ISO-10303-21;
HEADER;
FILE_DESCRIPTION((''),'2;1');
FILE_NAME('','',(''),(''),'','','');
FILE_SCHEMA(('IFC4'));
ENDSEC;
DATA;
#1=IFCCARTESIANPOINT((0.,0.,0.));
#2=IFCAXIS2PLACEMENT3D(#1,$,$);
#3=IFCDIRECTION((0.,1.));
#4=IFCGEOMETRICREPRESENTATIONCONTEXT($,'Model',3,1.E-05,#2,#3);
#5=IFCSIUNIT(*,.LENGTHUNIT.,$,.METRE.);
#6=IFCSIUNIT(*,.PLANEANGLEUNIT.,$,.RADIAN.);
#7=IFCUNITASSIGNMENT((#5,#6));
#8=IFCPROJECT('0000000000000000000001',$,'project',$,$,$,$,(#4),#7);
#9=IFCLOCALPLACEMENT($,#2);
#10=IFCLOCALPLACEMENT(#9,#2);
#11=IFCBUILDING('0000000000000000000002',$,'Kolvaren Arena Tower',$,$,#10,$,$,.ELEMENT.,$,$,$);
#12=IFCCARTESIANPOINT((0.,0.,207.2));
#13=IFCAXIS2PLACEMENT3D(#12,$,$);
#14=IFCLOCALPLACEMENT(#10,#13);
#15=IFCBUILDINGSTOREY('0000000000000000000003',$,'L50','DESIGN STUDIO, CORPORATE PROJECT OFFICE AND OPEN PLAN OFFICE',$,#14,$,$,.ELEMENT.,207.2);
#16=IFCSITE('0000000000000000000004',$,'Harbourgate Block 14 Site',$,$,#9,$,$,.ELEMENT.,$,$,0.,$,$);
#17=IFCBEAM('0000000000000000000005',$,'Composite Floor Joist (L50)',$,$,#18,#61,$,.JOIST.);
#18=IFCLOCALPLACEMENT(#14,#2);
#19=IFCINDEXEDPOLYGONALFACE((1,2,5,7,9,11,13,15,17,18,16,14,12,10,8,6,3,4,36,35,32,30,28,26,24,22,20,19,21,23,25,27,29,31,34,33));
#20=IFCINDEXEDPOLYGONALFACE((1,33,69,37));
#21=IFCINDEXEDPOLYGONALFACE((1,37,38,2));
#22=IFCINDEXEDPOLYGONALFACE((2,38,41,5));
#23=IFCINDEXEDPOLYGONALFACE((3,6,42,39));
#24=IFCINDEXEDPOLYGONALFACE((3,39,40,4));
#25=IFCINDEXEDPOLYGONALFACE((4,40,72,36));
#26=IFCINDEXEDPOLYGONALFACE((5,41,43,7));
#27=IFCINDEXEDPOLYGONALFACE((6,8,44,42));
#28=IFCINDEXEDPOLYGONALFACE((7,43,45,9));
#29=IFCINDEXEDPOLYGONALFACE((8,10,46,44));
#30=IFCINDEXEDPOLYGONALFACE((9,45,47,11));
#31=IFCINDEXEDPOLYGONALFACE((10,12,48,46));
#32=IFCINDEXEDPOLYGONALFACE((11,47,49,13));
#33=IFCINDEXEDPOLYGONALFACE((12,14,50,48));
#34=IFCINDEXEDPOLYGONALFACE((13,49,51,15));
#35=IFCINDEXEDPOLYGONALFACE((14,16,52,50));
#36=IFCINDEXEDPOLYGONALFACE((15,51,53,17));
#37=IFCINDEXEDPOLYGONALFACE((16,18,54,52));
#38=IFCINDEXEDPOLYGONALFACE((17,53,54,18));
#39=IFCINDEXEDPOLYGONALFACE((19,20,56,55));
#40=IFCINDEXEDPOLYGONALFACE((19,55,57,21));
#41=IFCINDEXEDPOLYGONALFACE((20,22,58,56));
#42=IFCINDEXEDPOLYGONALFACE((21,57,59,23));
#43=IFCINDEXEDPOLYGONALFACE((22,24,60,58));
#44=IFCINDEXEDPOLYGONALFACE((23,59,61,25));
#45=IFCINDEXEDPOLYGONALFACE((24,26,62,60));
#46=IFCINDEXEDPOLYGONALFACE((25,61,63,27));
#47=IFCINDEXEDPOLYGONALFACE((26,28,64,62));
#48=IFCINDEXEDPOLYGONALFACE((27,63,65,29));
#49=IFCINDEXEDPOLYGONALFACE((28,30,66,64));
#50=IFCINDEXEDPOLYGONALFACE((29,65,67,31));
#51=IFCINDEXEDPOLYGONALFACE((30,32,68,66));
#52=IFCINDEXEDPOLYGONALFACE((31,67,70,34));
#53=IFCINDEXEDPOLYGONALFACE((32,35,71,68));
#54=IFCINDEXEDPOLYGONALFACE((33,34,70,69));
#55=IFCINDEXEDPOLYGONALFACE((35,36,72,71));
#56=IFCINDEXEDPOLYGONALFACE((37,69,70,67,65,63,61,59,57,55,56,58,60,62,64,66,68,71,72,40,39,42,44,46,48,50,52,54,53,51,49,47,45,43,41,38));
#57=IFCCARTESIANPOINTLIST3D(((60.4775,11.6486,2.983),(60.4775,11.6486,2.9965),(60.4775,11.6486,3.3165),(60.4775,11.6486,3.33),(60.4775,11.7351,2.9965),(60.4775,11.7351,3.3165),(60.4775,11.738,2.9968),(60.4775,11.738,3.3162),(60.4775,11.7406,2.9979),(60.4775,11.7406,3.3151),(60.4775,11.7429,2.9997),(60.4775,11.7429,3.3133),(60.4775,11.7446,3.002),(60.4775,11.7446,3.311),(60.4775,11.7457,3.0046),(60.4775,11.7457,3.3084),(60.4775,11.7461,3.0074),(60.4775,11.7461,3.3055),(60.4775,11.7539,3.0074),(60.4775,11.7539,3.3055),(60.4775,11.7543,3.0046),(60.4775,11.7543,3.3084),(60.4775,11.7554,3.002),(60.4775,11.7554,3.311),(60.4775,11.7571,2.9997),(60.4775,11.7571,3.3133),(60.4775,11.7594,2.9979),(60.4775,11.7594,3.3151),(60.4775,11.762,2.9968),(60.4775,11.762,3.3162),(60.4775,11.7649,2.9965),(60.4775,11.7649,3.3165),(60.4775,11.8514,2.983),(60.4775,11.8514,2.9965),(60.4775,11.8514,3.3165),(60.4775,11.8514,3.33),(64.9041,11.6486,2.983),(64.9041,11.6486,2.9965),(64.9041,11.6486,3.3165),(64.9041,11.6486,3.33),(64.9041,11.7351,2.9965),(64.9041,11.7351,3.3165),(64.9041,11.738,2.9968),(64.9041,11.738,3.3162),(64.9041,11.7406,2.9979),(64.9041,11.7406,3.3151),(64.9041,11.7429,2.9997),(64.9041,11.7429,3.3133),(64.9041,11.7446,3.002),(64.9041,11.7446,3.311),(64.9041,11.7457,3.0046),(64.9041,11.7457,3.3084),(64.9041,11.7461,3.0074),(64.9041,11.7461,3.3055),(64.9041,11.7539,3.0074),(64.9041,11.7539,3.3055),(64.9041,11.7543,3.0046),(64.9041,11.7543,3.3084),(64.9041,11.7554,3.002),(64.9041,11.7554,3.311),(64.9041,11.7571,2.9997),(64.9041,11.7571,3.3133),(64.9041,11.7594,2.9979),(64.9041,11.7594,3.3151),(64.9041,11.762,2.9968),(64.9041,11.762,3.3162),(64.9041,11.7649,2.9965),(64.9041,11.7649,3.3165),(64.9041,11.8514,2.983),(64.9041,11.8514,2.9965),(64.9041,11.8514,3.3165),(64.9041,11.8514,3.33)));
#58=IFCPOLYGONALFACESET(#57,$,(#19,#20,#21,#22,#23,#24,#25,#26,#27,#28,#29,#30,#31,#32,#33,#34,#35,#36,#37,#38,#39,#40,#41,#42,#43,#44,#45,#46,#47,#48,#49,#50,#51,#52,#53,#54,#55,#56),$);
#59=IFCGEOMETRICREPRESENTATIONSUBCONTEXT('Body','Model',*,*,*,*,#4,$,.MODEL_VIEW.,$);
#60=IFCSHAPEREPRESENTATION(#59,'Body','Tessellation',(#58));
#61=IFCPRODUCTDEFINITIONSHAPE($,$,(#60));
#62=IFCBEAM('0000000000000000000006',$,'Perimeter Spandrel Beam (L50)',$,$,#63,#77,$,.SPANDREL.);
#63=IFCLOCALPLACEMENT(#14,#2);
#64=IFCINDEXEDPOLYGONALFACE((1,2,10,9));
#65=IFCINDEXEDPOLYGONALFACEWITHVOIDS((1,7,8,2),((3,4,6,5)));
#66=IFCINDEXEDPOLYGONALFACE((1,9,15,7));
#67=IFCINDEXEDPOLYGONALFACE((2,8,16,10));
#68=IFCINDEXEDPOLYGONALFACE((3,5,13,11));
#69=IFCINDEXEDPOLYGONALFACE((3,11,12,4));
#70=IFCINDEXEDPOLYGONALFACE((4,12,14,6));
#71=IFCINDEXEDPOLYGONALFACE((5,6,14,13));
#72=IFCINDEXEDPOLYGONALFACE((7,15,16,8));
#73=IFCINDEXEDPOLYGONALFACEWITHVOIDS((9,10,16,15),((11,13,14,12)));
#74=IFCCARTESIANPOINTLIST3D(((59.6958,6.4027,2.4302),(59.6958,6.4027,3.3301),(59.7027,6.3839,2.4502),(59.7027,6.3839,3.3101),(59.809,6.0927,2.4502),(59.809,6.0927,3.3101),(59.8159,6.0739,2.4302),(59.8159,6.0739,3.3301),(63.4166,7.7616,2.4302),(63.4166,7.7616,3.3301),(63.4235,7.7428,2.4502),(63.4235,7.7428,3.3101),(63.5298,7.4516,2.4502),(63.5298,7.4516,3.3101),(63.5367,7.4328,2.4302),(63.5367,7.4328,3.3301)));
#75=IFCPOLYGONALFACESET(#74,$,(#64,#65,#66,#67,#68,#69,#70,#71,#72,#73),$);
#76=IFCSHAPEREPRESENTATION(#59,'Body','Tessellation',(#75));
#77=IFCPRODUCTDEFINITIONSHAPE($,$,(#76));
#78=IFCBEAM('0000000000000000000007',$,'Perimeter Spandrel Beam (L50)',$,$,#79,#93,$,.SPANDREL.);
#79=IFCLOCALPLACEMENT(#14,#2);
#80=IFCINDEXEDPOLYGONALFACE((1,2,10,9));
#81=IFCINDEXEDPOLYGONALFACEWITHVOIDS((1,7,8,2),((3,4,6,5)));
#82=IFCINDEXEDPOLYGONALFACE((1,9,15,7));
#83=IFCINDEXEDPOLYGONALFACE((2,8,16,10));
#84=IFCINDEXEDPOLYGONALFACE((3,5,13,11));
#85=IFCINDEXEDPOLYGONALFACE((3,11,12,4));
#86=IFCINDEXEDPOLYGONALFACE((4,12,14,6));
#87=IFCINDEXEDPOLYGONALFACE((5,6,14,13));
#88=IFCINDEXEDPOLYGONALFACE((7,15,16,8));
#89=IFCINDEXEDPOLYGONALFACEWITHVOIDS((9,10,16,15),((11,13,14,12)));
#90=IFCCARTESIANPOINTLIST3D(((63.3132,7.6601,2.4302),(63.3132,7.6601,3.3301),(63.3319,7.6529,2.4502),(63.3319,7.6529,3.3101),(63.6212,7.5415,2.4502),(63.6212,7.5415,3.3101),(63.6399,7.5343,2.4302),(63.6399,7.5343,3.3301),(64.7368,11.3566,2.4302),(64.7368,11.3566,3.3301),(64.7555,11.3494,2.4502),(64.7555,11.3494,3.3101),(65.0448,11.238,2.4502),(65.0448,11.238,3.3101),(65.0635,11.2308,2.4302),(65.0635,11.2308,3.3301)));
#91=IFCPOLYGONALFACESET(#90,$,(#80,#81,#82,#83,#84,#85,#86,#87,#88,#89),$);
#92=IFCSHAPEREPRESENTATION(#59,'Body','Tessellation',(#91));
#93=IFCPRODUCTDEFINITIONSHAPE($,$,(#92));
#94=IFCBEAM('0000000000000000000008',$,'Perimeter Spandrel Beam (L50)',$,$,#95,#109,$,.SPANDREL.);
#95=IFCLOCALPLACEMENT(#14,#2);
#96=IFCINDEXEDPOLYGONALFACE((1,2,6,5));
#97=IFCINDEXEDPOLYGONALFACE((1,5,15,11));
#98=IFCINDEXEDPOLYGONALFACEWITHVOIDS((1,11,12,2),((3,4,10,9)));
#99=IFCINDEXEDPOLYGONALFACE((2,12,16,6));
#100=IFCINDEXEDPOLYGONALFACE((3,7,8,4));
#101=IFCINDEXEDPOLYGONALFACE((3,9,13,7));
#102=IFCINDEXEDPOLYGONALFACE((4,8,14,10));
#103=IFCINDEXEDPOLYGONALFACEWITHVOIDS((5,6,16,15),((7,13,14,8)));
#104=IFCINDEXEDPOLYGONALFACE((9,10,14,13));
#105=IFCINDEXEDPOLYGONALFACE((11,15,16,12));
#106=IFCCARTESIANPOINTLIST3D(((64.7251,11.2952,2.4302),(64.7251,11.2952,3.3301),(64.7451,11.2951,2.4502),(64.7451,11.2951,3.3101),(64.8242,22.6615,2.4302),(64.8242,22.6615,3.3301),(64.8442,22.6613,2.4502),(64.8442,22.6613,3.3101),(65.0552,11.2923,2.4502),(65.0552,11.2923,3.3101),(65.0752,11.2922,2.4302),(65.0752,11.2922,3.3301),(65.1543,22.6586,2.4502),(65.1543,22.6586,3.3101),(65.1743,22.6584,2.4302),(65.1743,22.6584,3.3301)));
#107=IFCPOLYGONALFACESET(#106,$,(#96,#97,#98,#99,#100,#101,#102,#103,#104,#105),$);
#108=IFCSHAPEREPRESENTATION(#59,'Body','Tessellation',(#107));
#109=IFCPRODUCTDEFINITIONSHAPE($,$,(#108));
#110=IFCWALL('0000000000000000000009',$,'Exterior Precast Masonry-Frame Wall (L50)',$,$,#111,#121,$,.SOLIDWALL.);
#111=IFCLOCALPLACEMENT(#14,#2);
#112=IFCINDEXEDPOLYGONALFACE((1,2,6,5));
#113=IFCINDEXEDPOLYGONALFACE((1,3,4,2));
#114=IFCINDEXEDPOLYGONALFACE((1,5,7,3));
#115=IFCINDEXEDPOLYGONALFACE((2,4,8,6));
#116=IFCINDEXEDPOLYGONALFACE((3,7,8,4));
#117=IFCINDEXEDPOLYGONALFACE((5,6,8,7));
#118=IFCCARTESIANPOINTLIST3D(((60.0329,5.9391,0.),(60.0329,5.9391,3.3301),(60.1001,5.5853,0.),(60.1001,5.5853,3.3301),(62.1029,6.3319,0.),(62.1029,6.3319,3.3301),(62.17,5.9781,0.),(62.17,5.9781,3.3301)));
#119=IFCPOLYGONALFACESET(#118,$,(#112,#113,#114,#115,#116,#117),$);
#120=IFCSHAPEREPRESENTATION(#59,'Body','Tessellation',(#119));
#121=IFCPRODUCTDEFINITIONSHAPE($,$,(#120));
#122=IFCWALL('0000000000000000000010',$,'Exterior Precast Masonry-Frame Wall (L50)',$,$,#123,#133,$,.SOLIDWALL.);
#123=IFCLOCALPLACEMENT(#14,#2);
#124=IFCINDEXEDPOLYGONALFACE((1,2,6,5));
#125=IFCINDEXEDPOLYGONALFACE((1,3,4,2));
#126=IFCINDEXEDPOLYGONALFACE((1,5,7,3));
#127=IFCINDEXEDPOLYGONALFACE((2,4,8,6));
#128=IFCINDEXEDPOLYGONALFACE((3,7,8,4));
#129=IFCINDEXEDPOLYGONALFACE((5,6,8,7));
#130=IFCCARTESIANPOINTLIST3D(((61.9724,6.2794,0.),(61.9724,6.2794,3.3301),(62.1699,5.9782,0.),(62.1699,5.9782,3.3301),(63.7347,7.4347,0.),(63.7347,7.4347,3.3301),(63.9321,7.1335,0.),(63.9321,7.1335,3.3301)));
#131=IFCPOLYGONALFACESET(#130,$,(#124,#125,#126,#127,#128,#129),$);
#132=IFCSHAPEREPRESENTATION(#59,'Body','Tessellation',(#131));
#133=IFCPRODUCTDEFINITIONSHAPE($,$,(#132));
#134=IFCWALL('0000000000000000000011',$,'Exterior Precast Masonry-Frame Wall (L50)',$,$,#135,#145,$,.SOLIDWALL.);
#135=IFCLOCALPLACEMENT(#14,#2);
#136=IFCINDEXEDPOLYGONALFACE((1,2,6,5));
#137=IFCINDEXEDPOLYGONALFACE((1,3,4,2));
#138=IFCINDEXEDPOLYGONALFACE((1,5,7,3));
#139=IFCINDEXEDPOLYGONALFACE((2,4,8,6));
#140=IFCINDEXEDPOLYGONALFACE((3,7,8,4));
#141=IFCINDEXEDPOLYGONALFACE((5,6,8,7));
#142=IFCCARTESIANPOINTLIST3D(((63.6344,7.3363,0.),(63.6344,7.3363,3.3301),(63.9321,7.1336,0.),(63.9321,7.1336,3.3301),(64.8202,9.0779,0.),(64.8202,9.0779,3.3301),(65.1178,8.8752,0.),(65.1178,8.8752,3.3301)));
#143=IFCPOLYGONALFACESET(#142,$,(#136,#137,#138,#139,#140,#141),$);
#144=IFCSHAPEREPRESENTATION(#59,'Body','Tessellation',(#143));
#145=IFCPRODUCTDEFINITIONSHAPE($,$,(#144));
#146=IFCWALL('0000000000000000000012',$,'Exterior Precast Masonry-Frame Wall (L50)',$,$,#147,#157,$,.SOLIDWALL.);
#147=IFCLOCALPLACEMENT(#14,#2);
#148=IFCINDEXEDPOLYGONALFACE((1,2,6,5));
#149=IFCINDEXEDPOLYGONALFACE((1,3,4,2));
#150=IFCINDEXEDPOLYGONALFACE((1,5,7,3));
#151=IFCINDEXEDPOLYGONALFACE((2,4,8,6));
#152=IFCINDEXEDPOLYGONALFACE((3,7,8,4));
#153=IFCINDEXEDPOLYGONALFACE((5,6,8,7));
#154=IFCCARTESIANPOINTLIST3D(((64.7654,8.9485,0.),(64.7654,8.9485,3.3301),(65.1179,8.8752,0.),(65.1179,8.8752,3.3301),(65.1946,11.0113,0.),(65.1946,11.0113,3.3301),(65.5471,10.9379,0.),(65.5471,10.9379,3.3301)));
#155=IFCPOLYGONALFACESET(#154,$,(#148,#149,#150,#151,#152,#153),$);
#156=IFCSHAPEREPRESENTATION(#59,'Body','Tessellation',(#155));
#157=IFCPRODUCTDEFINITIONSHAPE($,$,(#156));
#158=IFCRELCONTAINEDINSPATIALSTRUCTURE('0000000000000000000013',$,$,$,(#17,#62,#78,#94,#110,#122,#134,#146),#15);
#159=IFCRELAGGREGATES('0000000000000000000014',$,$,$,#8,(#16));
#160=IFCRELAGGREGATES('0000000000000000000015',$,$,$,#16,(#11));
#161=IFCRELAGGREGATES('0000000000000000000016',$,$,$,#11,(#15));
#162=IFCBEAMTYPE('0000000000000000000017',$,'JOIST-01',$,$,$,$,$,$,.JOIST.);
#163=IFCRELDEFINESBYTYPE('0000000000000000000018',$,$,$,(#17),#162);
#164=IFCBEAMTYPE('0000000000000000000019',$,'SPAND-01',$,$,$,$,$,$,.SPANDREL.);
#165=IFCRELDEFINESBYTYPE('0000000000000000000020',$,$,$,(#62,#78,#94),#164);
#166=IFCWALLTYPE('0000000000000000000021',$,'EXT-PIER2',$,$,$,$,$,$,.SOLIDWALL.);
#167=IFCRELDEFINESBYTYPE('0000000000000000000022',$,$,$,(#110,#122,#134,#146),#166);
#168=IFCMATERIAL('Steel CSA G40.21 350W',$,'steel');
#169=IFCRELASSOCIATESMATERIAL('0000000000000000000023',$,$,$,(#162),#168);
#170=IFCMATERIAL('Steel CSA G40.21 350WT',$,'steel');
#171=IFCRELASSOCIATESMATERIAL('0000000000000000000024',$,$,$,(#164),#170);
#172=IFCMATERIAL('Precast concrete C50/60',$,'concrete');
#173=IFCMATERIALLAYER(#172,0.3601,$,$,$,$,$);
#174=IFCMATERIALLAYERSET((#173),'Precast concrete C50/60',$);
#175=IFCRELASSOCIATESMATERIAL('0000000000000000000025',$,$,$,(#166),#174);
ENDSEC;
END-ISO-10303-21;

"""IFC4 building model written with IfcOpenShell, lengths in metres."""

from ifc_helpers import new_model, si_unit, direction, frame, frame_2d, origin, origin_2d, place, context, subcontext, project, spatial, rectangle, hollow_rectangle, i_section, extrude, material, layer, layer_set, material_profile, profile_set, type_object, element, save


model = new_model("IFC4")

# Units and contexts
model_context = context("Model", 3, precision=1e-05, world=origin(), true_north=direction((0.0, 1.0)))
body_context = subcontext(model_context, "Body", "Model", "MODEL_VIEW")
ifc_project = project(units=[si_unit("LENGTHUNIT", "METRE"), si_unit("PLANEANGLEUNIT", "RADIAN")], contexts=[model_context])

# Site, building, storey
site_placement = place(None, origin())
site = spatial("IfcSite", under=ifc_project, at=site_placement, Name="Harbourgate Block 14 Site", CompositionType="ELEMENT", RefElevation=0.0)
building_placement = place(site_placement, origin())
building = spatial("IfcBuilding", under=site, at=building_placement, Name="Kolvaren Arena Tower", CompositionType="ELEMENT")
storey_placement = place(building_placement, frame((0.0, 0.0, 207.2)))
storey = spatial("IfcBuildingStorey", under=building, at=storey_placement, Name="L50", Description="DESIGN STUDIO, CORPORATE PROJECT OFFICE AND OPEN PLAN OFFICE", CompositionType="ELEMENT", Elevation=207.2)

# Beams
ifc_material_1 = material(Name="Steel CSA G40.21 350W", Category="steel")
ifc_material_profile_1 = material_profile(ifc_material_1, i_section(OverallWidth=0.2029, OverallDepth=0.3469, WebThickness=0.0078, FlangeThickness=0.0134, FilletRadius=0.011, at=origin_2d()), Name="W360x64")
ifc_profile_set_1 = profile_set([ifc_material_profile_1], Name="Steel CSA G40.21 350W")
beam_type_1 = type_object("IfcBeamType", Name="JOIST-01", PredefinedType="JOIST", material=ifc_profile_set_1)
beam_1_placement = place(storey_placement, frame((60.4775, 11.75, 3.1565), z_axis=(1.0, 0.0, 0.0), x_axis=(0.0, 1.0, 0.0)))
element("IfcBeam", 1, at=beam_1_placement, inside=storey, type_object=beam_type_1, Name="Composite Floor Joist (L50)", PredefinedType="JOIST", context=body_context, shape_type="SweptSolid", body=[
    extrude(i_section(OverallWidth=0.2029, OverallDepth=0.3469, WebThickness=0.0078, FlangeThickness=0.0134, FilletRadius=0.011, at=origin_2d()), origin(), (0.0, 0.0, 1.0), 4.4265),
])
ifc_material_2 = material(Name="Steel CSA G40.21 350WT", Category="steel")
ifc_material_profile_2 = material_profile(ifc_material_2, hollow_rectangle(XDim=0.3501, YDim=0.8999, WallThickness=0.02, at=origin_2d()), Name="HSS 900x350x20")
ifc_profile_set_2 = profile_set([ifc_material_profile_2], Name="Steel CSA G40.21 350WT")
beam_type_2 = type_object("IfcBeamType", Name="SPAND-01", PredefinedType="SPANDREL", material=ifc_profile_set_2)
for number, where, z_axis, x_axis, name in (
    (2, (59.7559, 6.2383, 2.8801), (0.939314, 0.343059, 0.0), (-0.343059, 0.939314, 0.0), "Perimeter Spandrel Beam (L50)"),
    (3, (63.4766, 7.5972, 2.8801), (0.359384, 0.93319, 0.0), (-0.93319, 0.359384, 0.0), "Perimeter Spandrel Beam (L50)"),
):
    element("IfcBeam", number, at=place(storey_placement, frame(where, z_axis=z_axis, x_axis=x_axis)), inside=storey, type_object=beam_type_2, Name=name, PredefinedType="SPANDREL", context=body_context, shape_type="SweptSolid", body=[
        extrude(hollow_rectangle(XDim=0.3501, YDim=0.8999, WallThickness=0.02, at=origin_2d()), origin(), (0.0, 0.0, 1.0), 3.9612),
    ])
beam_2_placement = place(storey_placement, frame((64.9001, 11.2937, 2.8801), z_axis=(0.00872, 0.999962, 0.0), x_axis=(-0.999962, 0.00872, 0.0)))
element("IfcBeam", 4, at=beam_2_placement, inside=storey, type_object=beam_type_2, Name="Perimeter Spandrel Beam (L50)", PredefinedType="SPANDREL", context=body_context, shape_type="SweptSolid", body=[
    extrude(hollow_rectangle(XDim=0.3501, YDim=0.8999, WallThickness=0.02, at=origin_2d()), origin(), (0.0, 0.0, 1.0), 11.3667),
])

# Walls
ifc_material_3 = material(Name="Precast concrete C50/60", Category="concrete")
ifc_layer_1 = layer(ifc_material_3, 0.3601)
ifc_layer_set_1 = layer_set([ifc_layer_1], Name="Precast concrete C50/60")
wall_type_1 = type_object("IfcWallType", Name="EXT-PIER2", PredefinedType="SOLIDWALL", material=ifc_layer_set_1)
wall_1_placement = place(storey_placement, frame((62.1365, 6.155, 0.0), z_axis=(0.0, 0.0, 1.0), x_axis=(-0.982467, -0.186436, 0.0)))
element("IfcWall", 5, at=wall_1_placement, inside=storey, type_object=wall_type_1, Name="Exterior Precast Masonry-Frame Wall (L50)", PredefinedType="SOLIDWALL", context=body_context, shape_type="SweptSolid", body=[
    extrude(rectangle(XDim=2.1069, YDim=0.3601, at=frame_2d((1.0535, 0.0))), origin(), (0.0, 0.0, 1.0), 3.3301),
])
wall_2_placement = place(storey_placement, frame((63.8335, 7.2842, 0.0), z_axis=(0.0, 0.0, 1.0), x_axis=(-0.836304, -0.548267, 0.0)))
element("IfcWall", 6, at=wall_2_placement, inside=storey, type_object=wall_type_1, Name="Exterior Precast Masonry-Frame Wall (L50)", PredefinedType="SOLIDWALL", context=body_context, shape_type="SweptSolid", body=[
    extrude(rectangle(XDim=2.1072, YDim=0.3601, at=frame_2d((1.0537, 0.0))), origin(), (0.0, 0.0, 1.0), 3.3301),
])
for number, where, z_axis, x_axis, name in (
    (7, (64.969, 8.9766, 0.0), (0.0, 0.0, 1.0), (-0.562776, -0.82661, 0.0), "Exterior Precast Masonry-Frame Wall (L50)"),
    (8, (65.3708, 10.9746, 0.0), (0.0, 0.0, 1.0), (-0.203709, -0.979031, 0.0), "Exterior Precast Masonry-Frame Wall (L50)"),
):
    element("IfcWall", number, at=place(storey_placement, frame(where, z_axis=z_axis, x_axis=x_axis)), inside=storey, type_object=wall_type_1, Name=name, PredefinedType="SOLIDWALL", context=body_context, shape_type="SweptSolid", body=[
        extrude(rectangle(XDim=2.1069, YDim=0.3601, at=frame_2d((1.0535, 0.0))), origin(), (0.0, 0.0, 1.0), 3.3301),
    ])

save(model, "model.ifc")
